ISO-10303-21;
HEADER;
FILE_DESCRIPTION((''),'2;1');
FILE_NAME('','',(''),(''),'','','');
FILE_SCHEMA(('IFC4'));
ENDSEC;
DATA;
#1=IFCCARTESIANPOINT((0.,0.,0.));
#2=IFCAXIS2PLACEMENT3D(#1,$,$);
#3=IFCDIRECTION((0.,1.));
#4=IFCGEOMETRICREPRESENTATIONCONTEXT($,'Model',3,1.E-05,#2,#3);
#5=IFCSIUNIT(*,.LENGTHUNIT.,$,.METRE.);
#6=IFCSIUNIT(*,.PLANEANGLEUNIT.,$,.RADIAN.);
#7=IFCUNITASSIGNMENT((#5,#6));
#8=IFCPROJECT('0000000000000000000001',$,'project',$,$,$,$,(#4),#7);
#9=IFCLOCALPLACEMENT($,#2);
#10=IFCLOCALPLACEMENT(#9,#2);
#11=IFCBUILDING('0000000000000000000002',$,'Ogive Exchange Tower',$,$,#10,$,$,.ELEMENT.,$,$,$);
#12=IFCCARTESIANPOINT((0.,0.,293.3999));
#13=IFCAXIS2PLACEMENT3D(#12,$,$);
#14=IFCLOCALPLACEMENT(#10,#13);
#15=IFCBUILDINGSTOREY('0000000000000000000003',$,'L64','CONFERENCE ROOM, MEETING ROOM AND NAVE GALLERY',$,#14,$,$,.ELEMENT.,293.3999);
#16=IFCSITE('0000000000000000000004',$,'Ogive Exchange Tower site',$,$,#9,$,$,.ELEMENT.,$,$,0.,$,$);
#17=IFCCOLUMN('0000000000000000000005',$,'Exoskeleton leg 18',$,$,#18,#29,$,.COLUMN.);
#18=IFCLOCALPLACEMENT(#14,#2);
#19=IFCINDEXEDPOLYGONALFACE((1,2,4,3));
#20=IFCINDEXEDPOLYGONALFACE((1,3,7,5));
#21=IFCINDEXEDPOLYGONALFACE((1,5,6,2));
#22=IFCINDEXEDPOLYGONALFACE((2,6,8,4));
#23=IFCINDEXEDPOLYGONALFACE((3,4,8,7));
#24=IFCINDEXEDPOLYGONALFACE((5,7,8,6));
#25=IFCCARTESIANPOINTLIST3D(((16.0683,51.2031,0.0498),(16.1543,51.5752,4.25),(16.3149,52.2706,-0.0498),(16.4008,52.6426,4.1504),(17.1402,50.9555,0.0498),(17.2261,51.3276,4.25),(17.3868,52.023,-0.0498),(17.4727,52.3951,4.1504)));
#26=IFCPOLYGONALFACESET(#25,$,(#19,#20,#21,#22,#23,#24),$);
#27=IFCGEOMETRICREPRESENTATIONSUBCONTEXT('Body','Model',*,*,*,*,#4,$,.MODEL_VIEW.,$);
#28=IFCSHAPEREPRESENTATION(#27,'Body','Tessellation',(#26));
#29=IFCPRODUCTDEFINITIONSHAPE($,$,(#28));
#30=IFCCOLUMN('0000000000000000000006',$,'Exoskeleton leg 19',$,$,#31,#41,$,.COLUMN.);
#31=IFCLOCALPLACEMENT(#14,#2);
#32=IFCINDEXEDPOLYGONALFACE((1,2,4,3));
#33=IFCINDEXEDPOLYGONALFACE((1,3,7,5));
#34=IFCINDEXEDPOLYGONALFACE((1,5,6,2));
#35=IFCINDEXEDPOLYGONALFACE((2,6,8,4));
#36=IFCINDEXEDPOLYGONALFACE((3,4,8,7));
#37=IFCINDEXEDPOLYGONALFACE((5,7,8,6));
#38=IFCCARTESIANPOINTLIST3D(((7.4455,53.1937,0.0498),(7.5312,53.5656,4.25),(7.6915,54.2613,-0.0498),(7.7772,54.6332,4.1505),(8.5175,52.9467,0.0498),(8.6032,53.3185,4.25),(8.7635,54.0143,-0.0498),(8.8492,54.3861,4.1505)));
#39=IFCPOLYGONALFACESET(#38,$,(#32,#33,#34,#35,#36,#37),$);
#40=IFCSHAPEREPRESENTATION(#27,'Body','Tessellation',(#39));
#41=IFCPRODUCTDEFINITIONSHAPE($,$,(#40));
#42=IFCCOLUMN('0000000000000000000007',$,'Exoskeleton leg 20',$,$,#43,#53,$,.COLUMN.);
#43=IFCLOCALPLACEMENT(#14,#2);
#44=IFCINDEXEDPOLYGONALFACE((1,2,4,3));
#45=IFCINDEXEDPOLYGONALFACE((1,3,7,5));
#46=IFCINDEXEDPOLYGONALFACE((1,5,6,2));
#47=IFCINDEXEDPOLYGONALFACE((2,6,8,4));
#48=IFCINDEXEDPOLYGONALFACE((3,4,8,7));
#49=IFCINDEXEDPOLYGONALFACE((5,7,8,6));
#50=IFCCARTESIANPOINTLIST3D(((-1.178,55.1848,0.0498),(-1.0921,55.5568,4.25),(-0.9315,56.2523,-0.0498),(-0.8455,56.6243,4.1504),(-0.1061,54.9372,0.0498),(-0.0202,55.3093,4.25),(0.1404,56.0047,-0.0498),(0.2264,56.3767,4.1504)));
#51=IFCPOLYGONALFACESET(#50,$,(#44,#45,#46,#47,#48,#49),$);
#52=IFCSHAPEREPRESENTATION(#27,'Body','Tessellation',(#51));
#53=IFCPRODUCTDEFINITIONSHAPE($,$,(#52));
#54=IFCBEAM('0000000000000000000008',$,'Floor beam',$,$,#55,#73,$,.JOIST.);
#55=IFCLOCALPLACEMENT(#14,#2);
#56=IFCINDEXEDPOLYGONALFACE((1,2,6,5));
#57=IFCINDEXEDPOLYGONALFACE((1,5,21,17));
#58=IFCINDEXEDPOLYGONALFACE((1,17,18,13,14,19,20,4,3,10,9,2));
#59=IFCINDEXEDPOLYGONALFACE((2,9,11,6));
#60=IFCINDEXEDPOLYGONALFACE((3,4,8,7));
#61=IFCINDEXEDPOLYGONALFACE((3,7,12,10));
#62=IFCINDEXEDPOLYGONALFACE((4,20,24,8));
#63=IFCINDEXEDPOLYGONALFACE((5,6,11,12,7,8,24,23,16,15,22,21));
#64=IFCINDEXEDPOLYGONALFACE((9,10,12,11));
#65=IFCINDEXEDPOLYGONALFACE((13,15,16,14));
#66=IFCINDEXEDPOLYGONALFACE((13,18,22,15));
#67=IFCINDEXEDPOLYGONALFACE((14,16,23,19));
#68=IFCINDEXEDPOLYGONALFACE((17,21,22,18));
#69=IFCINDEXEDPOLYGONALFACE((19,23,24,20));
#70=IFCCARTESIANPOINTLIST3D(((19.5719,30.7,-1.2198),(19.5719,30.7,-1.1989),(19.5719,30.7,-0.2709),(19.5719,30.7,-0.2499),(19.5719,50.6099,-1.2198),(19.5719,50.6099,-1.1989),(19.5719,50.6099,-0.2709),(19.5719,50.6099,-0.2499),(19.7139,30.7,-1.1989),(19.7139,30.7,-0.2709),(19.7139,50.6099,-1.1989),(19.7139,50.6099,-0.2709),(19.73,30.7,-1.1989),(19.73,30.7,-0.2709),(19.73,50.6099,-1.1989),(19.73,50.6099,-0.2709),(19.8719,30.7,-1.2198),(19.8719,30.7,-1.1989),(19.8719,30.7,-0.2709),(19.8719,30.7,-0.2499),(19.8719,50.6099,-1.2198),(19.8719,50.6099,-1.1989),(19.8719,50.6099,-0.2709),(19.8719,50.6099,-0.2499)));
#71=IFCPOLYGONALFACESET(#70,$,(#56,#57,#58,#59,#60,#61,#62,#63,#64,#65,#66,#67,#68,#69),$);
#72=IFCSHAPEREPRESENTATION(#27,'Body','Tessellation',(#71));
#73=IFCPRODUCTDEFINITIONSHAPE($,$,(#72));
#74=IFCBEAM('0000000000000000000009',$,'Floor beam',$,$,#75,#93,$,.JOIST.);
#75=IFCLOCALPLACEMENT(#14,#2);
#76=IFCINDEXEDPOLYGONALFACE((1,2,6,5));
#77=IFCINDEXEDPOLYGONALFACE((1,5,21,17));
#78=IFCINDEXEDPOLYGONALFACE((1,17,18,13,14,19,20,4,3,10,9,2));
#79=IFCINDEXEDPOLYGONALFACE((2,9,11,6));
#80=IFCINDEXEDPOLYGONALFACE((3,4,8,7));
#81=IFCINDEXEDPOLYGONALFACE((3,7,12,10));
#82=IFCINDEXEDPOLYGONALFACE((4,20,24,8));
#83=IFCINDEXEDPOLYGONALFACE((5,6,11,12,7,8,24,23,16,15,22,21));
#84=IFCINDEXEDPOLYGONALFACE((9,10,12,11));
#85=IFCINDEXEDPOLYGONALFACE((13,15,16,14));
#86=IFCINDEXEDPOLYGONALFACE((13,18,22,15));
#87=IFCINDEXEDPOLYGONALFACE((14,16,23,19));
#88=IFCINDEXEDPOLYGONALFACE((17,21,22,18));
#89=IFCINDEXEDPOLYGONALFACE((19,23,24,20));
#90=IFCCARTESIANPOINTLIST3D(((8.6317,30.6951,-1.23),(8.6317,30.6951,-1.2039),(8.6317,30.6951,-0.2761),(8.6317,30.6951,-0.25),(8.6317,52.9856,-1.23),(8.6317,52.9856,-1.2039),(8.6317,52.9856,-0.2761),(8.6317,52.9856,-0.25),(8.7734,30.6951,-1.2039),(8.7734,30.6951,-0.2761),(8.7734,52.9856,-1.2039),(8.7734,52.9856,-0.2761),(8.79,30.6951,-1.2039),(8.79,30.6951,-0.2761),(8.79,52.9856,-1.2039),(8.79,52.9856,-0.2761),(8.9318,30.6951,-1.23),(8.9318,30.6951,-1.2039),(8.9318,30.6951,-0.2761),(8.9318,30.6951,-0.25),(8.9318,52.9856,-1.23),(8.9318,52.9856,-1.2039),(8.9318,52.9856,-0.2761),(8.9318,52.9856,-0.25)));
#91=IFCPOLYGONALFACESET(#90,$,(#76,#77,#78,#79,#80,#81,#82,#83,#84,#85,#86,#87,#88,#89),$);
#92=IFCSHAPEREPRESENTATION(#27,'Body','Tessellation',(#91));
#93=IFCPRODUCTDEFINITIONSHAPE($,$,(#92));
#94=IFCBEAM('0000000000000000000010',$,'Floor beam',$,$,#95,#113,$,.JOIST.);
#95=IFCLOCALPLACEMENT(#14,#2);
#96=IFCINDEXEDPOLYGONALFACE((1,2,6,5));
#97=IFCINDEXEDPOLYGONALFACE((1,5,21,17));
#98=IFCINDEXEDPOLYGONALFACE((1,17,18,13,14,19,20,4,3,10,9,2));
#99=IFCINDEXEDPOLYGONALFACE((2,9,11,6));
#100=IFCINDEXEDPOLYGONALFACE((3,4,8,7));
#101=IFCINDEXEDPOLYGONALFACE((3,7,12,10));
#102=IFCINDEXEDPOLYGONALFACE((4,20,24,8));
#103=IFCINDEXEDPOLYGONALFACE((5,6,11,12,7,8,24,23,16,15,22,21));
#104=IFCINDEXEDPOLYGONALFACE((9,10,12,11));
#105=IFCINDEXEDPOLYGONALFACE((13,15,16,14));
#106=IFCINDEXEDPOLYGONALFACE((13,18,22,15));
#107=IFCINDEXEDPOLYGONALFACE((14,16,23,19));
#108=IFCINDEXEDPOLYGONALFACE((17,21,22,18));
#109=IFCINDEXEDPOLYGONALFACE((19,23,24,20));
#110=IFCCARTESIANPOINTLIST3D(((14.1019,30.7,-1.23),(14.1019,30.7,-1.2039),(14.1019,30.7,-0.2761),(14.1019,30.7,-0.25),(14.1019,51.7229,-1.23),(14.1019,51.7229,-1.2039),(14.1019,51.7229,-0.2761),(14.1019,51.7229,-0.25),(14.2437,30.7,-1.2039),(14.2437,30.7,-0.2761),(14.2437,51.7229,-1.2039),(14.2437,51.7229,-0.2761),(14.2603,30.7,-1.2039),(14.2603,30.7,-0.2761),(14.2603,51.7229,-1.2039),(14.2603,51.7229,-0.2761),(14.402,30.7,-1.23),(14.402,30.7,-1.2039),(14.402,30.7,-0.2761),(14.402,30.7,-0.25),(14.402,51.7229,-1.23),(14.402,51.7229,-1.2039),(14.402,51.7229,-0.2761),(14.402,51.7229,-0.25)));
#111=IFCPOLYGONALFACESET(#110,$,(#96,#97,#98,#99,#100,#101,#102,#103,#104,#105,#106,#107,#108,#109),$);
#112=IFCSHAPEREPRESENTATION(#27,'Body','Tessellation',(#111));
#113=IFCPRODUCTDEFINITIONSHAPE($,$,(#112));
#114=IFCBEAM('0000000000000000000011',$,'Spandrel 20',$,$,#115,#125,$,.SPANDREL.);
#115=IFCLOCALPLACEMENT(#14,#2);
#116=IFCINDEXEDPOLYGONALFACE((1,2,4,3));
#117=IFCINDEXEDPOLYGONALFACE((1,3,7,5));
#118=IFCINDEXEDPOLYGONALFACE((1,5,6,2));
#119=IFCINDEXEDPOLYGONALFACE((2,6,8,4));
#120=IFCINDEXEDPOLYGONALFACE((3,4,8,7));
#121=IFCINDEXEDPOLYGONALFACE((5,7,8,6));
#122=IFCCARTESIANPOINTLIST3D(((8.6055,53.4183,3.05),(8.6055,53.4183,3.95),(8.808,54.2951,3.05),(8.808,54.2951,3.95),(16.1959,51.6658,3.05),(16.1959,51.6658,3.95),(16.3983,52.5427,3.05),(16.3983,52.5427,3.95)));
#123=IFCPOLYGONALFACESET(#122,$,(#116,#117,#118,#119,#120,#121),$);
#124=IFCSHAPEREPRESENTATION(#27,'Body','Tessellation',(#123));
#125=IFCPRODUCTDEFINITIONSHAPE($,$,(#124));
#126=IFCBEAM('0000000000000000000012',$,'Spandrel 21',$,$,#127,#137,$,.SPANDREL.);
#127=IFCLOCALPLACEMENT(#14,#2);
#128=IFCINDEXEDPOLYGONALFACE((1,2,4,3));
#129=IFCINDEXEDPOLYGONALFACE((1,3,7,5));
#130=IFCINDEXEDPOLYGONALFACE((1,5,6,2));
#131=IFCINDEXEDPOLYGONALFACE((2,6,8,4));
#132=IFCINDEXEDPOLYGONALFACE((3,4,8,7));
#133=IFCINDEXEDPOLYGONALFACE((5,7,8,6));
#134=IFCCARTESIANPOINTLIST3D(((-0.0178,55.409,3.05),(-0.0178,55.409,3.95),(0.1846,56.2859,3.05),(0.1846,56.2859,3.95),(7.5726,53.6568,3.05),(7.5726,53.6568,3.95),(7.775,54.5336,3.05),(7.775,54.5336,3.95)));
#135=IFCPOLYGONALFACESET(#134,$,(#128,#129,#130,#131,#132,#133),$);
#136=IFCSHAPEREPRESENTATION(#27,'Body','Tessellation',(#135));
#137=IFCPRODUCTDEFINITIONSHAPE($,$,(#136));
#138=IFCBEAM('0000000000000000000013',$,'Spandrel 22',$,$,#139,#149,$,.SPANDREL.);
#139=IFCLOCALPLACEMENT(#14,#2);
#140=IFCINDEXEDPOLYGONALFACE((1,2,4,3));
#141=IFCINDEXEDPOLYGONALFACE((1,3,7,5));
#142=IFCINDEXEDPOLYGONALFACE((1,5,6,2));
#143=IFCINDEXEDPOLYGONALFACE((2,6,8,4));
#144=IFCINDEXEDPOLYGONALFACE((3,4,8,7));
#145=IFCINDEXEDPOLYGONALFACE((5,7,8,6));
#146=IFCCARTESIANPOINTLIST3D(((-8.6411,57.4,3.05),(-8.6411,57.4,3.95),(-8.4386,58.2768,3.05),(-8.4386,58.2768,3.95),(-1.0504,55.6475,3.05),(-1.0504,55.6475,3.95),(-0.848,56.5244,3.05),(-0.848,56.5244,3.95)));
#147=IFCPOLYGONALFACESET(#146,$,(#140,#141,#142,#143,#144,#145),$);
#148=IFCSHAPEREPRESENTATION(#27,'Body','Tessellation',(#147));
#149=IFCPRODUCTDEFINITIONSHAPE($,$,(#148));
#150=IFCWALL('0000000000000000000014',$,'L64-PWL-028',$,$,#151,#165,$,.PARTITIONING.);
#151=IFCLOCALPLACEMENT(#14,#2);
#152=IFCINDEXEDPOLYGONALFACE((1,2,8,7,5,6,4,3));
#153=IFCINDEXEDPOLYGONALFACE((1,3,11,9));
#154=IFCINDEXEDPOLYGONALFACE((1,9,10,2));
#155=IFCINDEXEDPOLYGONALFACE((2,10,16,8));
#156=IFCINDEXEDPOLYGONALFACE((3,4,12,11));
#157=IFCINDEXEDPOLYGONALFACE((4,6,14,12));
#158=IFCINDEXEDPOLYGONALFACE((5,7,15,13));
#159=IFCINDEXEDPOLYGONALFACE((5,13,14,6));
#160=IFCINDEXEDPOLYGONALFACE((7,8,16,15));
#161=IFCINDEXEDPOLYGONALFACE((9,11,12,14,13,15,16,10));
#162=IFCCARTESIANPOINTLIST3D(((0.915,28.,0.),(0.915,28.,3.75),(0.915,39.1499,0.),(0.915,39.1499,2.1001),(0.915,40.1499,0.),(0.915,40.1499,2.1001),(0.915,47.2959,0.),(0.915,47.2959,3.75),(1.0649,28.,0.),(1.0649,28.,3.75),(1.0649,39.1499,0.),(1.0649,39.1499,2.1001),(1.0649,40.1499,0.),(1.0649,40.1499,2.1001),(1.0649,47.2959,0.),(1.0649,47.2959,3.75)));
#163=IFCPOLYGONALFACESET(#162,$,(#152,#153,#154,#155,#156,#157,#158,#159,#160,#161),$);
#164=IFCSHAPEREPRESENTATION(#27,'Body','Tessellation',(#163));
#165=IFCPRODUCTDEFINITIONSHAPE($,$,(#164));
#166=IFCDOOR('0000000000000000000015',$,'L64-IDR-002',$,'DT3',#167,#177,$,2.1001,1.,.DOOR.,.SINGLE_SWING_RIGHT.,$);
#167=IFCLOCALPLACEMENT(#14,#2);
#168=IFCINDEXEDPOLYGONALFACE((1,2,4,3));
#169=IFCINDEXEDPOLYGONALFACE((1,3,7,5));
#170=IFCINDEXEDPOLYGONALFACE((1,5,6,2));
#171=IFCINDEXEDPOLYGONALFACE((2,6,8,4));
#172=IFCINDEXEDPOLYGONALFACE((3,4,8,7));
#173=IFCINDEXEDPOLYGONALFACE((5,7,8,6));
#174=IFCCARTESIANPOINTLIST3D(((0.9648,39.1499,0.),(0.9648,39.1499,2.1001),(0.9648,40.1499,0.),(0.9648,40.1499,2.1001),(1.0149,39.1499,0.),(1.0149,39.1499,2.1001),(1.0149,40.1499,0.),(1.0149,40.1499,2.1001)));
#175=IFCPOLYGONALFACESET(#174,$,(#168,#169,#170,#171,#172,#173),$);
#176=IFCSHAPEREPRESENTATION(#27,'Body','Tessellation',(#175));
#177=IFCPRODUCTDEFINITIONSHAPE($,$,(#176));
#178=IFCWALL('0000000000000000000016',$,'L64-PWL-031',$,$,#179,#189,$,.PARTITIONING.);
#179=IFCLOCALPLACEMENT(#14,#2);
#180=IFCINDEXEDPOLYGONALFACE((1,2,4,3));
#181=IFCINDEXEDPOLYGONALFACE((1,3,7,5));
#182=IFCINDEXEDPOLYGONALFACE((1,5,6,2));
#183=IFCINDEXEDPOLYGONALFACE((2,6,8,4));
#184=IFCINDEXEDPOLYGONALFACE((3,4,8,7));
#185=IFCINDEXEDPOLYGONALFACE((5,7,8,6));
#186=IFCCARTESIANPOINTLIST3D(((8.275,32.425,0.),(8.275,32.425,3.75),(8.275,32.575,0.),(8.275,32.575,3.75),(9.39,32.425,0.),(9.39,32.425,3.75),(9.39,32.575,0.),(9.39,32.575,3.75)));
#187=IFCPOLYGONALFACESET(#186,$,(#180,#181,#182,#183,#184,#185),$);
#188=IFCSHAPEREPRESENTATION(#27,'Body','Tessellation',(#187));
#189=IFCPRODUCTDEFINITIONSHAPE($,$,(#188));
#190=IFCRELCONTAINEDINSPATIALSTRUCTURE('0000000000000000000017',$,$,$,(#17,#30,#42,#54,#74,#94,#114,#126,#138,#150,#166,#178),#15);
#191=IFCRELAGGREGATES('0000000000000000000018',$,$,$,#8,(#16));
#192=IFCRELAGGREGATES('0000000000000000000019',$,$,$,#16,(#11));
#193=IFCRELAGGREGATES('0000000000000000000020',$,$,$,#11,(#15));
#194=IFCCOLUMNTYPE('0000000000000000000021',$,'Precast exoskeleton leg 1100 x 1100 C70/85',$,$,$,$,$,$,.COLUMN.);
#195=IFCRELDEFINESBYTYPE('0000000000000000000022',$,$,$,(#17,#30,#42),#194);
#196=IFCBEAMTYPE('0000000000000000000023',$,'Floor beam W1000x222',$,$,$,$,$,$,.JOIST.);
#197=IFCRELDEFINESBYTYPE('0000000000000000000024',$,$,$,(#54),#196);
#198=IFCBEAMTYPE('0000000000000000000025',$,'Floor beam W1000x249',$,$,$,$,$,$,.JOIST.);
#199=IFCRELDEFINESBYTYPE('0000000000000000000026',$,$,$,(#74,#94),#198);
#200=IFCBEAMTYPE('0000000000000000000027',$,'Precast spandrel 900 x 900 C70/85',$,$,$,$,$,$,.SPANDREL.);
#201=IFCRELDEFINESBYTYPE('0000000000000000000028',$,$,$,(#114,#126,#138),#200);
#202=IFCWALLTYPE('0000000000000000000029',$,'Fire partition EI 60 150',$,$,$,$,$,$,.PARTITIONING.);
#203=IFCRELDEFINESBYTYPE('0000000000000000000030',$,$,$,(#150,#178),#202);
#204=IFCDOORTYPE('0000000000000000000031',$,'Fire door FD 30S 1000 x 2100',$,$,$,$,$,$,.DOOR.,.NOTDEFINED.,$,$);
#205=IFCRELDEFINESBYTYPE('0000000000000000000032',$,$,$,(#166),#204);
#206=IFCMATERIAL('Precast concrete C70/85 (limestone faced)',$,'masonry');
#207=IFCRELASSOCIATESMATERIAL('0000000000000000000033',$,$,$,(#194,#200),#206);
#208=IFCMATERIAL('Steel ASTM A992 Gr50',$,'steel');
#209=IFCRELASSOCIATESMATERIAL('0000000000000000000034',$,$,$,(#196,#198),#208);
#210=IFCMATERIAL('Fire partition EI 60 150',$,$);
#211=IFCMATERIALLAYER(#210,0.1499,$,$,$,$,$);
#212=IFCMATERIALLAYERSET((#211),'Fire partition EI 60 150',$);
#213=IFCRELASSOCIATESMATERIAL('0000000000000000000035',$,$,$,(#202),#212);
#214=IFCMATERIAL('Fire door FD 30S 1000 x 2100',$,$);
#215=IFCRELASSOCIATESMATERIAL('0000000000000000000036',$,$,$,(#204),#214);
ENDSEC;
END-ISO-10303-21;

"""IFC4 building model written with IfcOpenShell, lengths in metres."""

from ifc_helpers import new_model, si_unit, direction, frame, frame_2d, origin, origin_2d, place, context, subcontext, project, spatial, rectangle, i_section, extrude, material, layer, layer_set, material_profile, profile_set, type_object, element, fill, save


model = new_model("IFC4")

# Units and contexts
model_context = context("Model", 3, precision=1e-05, world=origin(), true_north=direction((0.0, 1.0)))
body_context = subcontext(model_context, "Body", "Model", "MODEL_VIEW")
ifc_project = project(units=[si_unit("LENGTHUNIT", "METRE"), si_unit("PLANEANGLEUNIT", "RADIAN")], contexts=[model_context])

# Site, building, storey
site_placement = place(None, origin())
site = spatial("IfcSite", under=ifc_project, at=site_placement, Name="Ogive Exchange Tower site", CompositionType="ELEMENT", RefElevation=0.0)
building_placement = place(site_placement, origin())
building = spatial("IfcBuilding", under=site, at=building_placement, Name="Ogive Exchange Tower", CompositionType="ELEMENT")
storey_placement = place(building_placement, frame((0.0, 0.0, 293.3999)))
storey = spatial("IfcBuildingStorey", under=building, at=storey_placement, Name="L64", Description="CONFERENCE ROOM, MEETING ROOM AND NAVE GALLERY", CompositionType="ELEMENT", Elevation=293.3999)

# Columns
ifc_material_1 = material(Name="Precast concrete C70/85 (limestone faced)", Category="masonry")
ifc_material_profile_1 = material_profile(ifc_material_1, rectangle(XDim=1.1001, YDim=1.1001, at=origin_2d()), Name="1100 x 1100")
ifc_profile_set_1 = profile_set([ifc_material_profile_1], Name="Precast concrete C70/85 (limestone faced)")
column_type = type_object("IfcColumnType", Name="Precast exoskeleton leg 1100 x 1100 C70/85", PredefinedType="COLUMN", material=ifc_profile_set_1)
for number, where, z_axis, x_axis, name in (
    (1, (16.7275, 51.613, 0.0), (0.020376, 0.08822, 0.995893), (-0.974348, 0.225046, 0.0), "Exoskeleton leg 18"),
    (2, (8.1045, 53.604, 0.0), (0.020319, 0.088163, 0.995899), (-0.974456, 0.224579, 0.0), "Exoskeleton leg 19"),
    (3, (-0.5188, 55.5947, 0.0), (0.020376, 0.08822, 0.995893), (-0.974348, 0.225046, 0.0), "Exoskeleton leg 20"),
):
    element("IfcColumn", number, at=place(storey_placement, frame(where, z_axis=z_axis, x_axis=x_axis)), inside=storey, type_object=column_type, Name=name, PredefinedType="COLUMN", context=body_context, shape_type="SweptSolid", body=[
        extrude(rectangle(XDim=1.1001, YDim=1.1001, at=origin_2d()), origin(), (0.0, 0.0, 1.0), 4.2175),
    ])

# Beams
ifc_material_2 = material(Name="Steel ASTM A992 Gr50", Category="steel")
ifc_material_profile_2 = material_profile(ifc_material_2, i_section(OverallWidth=0.3, OverallDepth=0.97, WebThickness=0.0161, FlangeThickness=0.021, at=origin_2d()), Name="W1000x222")
ifc_profile_set_2 = profile_set([ifc_material_profile_2], Name="Steel ASTM A992 Gr50")
beam_type_1 = type_object("IfcBeamType", Name="Floor beam W1000x222", PredefinedType="JOIST", material=ifc_profile_set_2)
beam_1_placement = place(storey_placement, frame((19.7219, 30.7, -0.7349), z_axis=(0.0, 1.0, 0.0), x_axis=(-1.0, 0.0, 0.0)))
element("IfcBeam", 4, at=beam_1_placement, inside=storey, type_object=beam_type_1, Name="Floor beam", PredefinedType="JOIST", context=body_context, shape_type="SweptSolid", body=[
    extrude(i_section(OverallWidth=0.3, OverallDepth=0.97, WebThickness=0.0161, FlangeThickness=0.021, at=origin_2d()), origin(), (0.0, 0.0, 1.0), 19.9099),
])
ifc_material_profile_3 = material_profile(ifc_material_2, i_section(OverallWidth=0.3, OverallDepth=0.98, WebThickness=0.0166, FlangeThickness=0.0261, at=origin_2d()), Name="W1000x249")
ifc_profile_set_3 = profile_set([ifc_material_profile_3], Name="Steel ASTM A992 Gr50")
beam_type_2 = type_object("IfcBeamType", Name="Floor beam W1000x249", PredefinedType="JOIST", material=ifc_profile_set_3)
beam_2_placement = place(storey_placement, frame((8.7817, 30.6951, -0.74), z_axis=(0.0, 1.0, 0.0), x_axis=(-1.0, 0.0, 0.0)))
element("IfcBeam", 5, at=beam_2_placement, inside=storey, type_object=beam_type_2, Name="Floor beam", PredefinedType="JOIST", context=body_context, shape_type="SweptSolid", body=[
    extrude(i_section(OverallWidth=0.3, OverallDepth=0.98, WebThickness=0.0166, FlangeThickness=0.0261, at=origin_2d()), origin(), (0.0, 0.0, 1.0), 22.2905),
])
beam_3_placement = place(storey_placement, frame((14.252, 30.7, -0.74), z_axis=(0.0, 1.0, 0.0), x_axis=(-1.0, 0.0, 0.0)))
element("IfcBeam", 6, at=beam_3_placement, inside=storey, type_object=beam_type_2, Name="Floor beam", PredefinedType="JOIST", context=body_context, shape_type="SweptSolid", body=[
    extrude(i_section(OverallWidth=0.3, OverallDepth=0.98, WebThickness=0.0166, FlangeThickness=0.0261, at=origin_2d()), origin(), (0.0, 0.0, 1.0), 21.0229),
])
ifc_material_profile_4 = material_profile(ifc_material_1, rectangle(XDim=0.8999, YDim=0.8999, at=origin_2d()), Name="900 x 900")
ifc_profile_set_4 = profile_set([ifc_material_profile_4], Name="Precast concrete C70/85 (limestone faced)")
beam_type_3 = type_object("IfcBeamType", Name="Precast spandrel 900 x 900 C70/85", PredefinedType="SPANDREL", material=ifc_profile_set_4)
for number, where, z_axis, x_axis, name in (
    (7, (16.2971, 52.1042, 3.5), (-0.974368, 0.22496, 0.0), (-0.22496, -0.974368, 0.0), "Spandrel 20"),
    (8, (7.6738, 54.0952, 3.5), (-0.974375, 0.22493, 0.0), (-0.22493, -0.974375, 0.0), "Spandrel 21"),
):
    element("IfcBeam", number, at=place(storey_placement, frame(where, z_axis=z_axis, x_axis=x_axis)), inside=storey, type_object=beam_type_3, Name=name, PredefinedType="SPANDREL", context=body_context, shape_type="SweptSolid", body=[
        extrude(rectangle(XDim=0.8999, YDim=0.8999, at=origin_2d()), origin(), (0.0, 0.0, 1.0), 7.79),
    ])
beam_4_placement = place(storey_placement, frame((-0.9492, 56.0859, 3.5), z_axis=(-0.97437, 0.224953, 0.0), x_axis=(-0.224953, -0.97437, 0.0)))
element("IfcBeam", 9, at=beam_4_placement, inside=storey, type_object=beam_type_3, Name="Spandrel 22", PredefinedType="SPANDREL", context=body_context, shape_type="SweptSolid", body=[
    extrude(rectangle(XDim=0.8999, YDim=0.8999, at=origin_2d()), origin(), (0.0, 0.0, 1.0), 7.7903),
])

# Wall, opening, door
ifc_material_3 = material(Name="Fire partition EI 60 150")
ifc_layer_1 = layer(ifc_material_3, 0.1499)
ifc_layer_set_1 = layer_set([ifc_layer_1], Name="Fire partition EI 60 150")
wall_type_1 = type_object("IfcWallType", Name="Fire partition EI 60 150", PredefinedType="PARTITIONING", material=ifc_layer_set_1)
wall_1_placement = place(storey_placement, frame((0.99, 47.2959, 0.0), z_axis=(0.0, 0.0, 1.0), x_axis=(0.0, -1.0, 0.0)))
wall_1 = element("IfcWall", 10, at=wall_1_placement, inside=storey, type_object=wall_type_1, Name="L64-PWL-028", PredefinedType="PARTITIONING", context=body_context, shape_type="SweptSolid", body=[
    extrude(rectangle(XDim=19.2959, YDim=0.1499, at=frame_2d((9.6479, 0.0))), origin(), (0.0, 0.0, 1.0), 3.75),
])
opening_1_placement = place(wall_1_placement, frame((7.146, 0.0, 0.0)))
opening_1 = element("IfcOpeningElement", 11, at=opening_1_placement, cuts=wall_1, PredefinedType="OPENING", context=body_context, shape_type="SweptSolid", body=[
    extrude(rectangle(XDim=1.0, YDim=2.1001, at=frame_2d((0.5, 1.05))), frame((0.0, 0.085, 0.0), z_axis=(0.0, -1.0, 0.0), x_axis=(1.0, 0.0, 0.0)), (0.0, 0.0, 1.0), 0.1699),
])
ifc_material_4 = material(Name="Fire door FD 30S 1000 x 2100")
door_type_1 = type_object("IfcDoorType", Name="Fire door FD 30S 1000 x 2100", OperationType="NOTDEFINED", PredefinedType="DOOR", material=ifc_material_4)
door_1_placement = place(opening_1_placement, origin())
door_1 = element("IfcDoor", 12, at=door_1_placement, inside=storey, type_object=door_type_1, Name="L64-IDR-002", ObjectType="DT3", OperationType="SINGLE_SWING_RIGHT", OverallHeight=2.1001, OverallWidth=1.0, PredefinedType="DOOR", context=body_context, shape_type="SweptSolid", body=[
    extrude(rectangle(XDim=1.0, YDim=2.1001, at=frame_2d((0.5, 1.05))), frame((0.0, 0.0249, 0.0), z_axis=(0.0, -1.0, 0.0), x_axis=(1.0, 0.0, 0.0)), (0.0, 0.0, 1.0), 0.05),
])
fill(opening_1, door_1)

# Wall
wall_2_placement = place(storey_placement, frame((8.2749, 32.5, 0.0), z_axis=(0.0, 0.0, 1.0), x_axis=(1.0, 0.0, 0.0)))
element("IfcWall", 13, at=wall_2_placement, inside=storey, type_object=wall_type_1, Name="L64-PWL-031", PredefinedType="PARTITIONING", context=body_context, shape_type="SweptSolid", body=[
    extrude(rectangle(XDim=1.115, YDim=0.1499, at=frame_2d((0.5576, 0.0))), origin(), (0.0, 0.0, 1.0), 3.75),
])

save(model, "model.ifc")
